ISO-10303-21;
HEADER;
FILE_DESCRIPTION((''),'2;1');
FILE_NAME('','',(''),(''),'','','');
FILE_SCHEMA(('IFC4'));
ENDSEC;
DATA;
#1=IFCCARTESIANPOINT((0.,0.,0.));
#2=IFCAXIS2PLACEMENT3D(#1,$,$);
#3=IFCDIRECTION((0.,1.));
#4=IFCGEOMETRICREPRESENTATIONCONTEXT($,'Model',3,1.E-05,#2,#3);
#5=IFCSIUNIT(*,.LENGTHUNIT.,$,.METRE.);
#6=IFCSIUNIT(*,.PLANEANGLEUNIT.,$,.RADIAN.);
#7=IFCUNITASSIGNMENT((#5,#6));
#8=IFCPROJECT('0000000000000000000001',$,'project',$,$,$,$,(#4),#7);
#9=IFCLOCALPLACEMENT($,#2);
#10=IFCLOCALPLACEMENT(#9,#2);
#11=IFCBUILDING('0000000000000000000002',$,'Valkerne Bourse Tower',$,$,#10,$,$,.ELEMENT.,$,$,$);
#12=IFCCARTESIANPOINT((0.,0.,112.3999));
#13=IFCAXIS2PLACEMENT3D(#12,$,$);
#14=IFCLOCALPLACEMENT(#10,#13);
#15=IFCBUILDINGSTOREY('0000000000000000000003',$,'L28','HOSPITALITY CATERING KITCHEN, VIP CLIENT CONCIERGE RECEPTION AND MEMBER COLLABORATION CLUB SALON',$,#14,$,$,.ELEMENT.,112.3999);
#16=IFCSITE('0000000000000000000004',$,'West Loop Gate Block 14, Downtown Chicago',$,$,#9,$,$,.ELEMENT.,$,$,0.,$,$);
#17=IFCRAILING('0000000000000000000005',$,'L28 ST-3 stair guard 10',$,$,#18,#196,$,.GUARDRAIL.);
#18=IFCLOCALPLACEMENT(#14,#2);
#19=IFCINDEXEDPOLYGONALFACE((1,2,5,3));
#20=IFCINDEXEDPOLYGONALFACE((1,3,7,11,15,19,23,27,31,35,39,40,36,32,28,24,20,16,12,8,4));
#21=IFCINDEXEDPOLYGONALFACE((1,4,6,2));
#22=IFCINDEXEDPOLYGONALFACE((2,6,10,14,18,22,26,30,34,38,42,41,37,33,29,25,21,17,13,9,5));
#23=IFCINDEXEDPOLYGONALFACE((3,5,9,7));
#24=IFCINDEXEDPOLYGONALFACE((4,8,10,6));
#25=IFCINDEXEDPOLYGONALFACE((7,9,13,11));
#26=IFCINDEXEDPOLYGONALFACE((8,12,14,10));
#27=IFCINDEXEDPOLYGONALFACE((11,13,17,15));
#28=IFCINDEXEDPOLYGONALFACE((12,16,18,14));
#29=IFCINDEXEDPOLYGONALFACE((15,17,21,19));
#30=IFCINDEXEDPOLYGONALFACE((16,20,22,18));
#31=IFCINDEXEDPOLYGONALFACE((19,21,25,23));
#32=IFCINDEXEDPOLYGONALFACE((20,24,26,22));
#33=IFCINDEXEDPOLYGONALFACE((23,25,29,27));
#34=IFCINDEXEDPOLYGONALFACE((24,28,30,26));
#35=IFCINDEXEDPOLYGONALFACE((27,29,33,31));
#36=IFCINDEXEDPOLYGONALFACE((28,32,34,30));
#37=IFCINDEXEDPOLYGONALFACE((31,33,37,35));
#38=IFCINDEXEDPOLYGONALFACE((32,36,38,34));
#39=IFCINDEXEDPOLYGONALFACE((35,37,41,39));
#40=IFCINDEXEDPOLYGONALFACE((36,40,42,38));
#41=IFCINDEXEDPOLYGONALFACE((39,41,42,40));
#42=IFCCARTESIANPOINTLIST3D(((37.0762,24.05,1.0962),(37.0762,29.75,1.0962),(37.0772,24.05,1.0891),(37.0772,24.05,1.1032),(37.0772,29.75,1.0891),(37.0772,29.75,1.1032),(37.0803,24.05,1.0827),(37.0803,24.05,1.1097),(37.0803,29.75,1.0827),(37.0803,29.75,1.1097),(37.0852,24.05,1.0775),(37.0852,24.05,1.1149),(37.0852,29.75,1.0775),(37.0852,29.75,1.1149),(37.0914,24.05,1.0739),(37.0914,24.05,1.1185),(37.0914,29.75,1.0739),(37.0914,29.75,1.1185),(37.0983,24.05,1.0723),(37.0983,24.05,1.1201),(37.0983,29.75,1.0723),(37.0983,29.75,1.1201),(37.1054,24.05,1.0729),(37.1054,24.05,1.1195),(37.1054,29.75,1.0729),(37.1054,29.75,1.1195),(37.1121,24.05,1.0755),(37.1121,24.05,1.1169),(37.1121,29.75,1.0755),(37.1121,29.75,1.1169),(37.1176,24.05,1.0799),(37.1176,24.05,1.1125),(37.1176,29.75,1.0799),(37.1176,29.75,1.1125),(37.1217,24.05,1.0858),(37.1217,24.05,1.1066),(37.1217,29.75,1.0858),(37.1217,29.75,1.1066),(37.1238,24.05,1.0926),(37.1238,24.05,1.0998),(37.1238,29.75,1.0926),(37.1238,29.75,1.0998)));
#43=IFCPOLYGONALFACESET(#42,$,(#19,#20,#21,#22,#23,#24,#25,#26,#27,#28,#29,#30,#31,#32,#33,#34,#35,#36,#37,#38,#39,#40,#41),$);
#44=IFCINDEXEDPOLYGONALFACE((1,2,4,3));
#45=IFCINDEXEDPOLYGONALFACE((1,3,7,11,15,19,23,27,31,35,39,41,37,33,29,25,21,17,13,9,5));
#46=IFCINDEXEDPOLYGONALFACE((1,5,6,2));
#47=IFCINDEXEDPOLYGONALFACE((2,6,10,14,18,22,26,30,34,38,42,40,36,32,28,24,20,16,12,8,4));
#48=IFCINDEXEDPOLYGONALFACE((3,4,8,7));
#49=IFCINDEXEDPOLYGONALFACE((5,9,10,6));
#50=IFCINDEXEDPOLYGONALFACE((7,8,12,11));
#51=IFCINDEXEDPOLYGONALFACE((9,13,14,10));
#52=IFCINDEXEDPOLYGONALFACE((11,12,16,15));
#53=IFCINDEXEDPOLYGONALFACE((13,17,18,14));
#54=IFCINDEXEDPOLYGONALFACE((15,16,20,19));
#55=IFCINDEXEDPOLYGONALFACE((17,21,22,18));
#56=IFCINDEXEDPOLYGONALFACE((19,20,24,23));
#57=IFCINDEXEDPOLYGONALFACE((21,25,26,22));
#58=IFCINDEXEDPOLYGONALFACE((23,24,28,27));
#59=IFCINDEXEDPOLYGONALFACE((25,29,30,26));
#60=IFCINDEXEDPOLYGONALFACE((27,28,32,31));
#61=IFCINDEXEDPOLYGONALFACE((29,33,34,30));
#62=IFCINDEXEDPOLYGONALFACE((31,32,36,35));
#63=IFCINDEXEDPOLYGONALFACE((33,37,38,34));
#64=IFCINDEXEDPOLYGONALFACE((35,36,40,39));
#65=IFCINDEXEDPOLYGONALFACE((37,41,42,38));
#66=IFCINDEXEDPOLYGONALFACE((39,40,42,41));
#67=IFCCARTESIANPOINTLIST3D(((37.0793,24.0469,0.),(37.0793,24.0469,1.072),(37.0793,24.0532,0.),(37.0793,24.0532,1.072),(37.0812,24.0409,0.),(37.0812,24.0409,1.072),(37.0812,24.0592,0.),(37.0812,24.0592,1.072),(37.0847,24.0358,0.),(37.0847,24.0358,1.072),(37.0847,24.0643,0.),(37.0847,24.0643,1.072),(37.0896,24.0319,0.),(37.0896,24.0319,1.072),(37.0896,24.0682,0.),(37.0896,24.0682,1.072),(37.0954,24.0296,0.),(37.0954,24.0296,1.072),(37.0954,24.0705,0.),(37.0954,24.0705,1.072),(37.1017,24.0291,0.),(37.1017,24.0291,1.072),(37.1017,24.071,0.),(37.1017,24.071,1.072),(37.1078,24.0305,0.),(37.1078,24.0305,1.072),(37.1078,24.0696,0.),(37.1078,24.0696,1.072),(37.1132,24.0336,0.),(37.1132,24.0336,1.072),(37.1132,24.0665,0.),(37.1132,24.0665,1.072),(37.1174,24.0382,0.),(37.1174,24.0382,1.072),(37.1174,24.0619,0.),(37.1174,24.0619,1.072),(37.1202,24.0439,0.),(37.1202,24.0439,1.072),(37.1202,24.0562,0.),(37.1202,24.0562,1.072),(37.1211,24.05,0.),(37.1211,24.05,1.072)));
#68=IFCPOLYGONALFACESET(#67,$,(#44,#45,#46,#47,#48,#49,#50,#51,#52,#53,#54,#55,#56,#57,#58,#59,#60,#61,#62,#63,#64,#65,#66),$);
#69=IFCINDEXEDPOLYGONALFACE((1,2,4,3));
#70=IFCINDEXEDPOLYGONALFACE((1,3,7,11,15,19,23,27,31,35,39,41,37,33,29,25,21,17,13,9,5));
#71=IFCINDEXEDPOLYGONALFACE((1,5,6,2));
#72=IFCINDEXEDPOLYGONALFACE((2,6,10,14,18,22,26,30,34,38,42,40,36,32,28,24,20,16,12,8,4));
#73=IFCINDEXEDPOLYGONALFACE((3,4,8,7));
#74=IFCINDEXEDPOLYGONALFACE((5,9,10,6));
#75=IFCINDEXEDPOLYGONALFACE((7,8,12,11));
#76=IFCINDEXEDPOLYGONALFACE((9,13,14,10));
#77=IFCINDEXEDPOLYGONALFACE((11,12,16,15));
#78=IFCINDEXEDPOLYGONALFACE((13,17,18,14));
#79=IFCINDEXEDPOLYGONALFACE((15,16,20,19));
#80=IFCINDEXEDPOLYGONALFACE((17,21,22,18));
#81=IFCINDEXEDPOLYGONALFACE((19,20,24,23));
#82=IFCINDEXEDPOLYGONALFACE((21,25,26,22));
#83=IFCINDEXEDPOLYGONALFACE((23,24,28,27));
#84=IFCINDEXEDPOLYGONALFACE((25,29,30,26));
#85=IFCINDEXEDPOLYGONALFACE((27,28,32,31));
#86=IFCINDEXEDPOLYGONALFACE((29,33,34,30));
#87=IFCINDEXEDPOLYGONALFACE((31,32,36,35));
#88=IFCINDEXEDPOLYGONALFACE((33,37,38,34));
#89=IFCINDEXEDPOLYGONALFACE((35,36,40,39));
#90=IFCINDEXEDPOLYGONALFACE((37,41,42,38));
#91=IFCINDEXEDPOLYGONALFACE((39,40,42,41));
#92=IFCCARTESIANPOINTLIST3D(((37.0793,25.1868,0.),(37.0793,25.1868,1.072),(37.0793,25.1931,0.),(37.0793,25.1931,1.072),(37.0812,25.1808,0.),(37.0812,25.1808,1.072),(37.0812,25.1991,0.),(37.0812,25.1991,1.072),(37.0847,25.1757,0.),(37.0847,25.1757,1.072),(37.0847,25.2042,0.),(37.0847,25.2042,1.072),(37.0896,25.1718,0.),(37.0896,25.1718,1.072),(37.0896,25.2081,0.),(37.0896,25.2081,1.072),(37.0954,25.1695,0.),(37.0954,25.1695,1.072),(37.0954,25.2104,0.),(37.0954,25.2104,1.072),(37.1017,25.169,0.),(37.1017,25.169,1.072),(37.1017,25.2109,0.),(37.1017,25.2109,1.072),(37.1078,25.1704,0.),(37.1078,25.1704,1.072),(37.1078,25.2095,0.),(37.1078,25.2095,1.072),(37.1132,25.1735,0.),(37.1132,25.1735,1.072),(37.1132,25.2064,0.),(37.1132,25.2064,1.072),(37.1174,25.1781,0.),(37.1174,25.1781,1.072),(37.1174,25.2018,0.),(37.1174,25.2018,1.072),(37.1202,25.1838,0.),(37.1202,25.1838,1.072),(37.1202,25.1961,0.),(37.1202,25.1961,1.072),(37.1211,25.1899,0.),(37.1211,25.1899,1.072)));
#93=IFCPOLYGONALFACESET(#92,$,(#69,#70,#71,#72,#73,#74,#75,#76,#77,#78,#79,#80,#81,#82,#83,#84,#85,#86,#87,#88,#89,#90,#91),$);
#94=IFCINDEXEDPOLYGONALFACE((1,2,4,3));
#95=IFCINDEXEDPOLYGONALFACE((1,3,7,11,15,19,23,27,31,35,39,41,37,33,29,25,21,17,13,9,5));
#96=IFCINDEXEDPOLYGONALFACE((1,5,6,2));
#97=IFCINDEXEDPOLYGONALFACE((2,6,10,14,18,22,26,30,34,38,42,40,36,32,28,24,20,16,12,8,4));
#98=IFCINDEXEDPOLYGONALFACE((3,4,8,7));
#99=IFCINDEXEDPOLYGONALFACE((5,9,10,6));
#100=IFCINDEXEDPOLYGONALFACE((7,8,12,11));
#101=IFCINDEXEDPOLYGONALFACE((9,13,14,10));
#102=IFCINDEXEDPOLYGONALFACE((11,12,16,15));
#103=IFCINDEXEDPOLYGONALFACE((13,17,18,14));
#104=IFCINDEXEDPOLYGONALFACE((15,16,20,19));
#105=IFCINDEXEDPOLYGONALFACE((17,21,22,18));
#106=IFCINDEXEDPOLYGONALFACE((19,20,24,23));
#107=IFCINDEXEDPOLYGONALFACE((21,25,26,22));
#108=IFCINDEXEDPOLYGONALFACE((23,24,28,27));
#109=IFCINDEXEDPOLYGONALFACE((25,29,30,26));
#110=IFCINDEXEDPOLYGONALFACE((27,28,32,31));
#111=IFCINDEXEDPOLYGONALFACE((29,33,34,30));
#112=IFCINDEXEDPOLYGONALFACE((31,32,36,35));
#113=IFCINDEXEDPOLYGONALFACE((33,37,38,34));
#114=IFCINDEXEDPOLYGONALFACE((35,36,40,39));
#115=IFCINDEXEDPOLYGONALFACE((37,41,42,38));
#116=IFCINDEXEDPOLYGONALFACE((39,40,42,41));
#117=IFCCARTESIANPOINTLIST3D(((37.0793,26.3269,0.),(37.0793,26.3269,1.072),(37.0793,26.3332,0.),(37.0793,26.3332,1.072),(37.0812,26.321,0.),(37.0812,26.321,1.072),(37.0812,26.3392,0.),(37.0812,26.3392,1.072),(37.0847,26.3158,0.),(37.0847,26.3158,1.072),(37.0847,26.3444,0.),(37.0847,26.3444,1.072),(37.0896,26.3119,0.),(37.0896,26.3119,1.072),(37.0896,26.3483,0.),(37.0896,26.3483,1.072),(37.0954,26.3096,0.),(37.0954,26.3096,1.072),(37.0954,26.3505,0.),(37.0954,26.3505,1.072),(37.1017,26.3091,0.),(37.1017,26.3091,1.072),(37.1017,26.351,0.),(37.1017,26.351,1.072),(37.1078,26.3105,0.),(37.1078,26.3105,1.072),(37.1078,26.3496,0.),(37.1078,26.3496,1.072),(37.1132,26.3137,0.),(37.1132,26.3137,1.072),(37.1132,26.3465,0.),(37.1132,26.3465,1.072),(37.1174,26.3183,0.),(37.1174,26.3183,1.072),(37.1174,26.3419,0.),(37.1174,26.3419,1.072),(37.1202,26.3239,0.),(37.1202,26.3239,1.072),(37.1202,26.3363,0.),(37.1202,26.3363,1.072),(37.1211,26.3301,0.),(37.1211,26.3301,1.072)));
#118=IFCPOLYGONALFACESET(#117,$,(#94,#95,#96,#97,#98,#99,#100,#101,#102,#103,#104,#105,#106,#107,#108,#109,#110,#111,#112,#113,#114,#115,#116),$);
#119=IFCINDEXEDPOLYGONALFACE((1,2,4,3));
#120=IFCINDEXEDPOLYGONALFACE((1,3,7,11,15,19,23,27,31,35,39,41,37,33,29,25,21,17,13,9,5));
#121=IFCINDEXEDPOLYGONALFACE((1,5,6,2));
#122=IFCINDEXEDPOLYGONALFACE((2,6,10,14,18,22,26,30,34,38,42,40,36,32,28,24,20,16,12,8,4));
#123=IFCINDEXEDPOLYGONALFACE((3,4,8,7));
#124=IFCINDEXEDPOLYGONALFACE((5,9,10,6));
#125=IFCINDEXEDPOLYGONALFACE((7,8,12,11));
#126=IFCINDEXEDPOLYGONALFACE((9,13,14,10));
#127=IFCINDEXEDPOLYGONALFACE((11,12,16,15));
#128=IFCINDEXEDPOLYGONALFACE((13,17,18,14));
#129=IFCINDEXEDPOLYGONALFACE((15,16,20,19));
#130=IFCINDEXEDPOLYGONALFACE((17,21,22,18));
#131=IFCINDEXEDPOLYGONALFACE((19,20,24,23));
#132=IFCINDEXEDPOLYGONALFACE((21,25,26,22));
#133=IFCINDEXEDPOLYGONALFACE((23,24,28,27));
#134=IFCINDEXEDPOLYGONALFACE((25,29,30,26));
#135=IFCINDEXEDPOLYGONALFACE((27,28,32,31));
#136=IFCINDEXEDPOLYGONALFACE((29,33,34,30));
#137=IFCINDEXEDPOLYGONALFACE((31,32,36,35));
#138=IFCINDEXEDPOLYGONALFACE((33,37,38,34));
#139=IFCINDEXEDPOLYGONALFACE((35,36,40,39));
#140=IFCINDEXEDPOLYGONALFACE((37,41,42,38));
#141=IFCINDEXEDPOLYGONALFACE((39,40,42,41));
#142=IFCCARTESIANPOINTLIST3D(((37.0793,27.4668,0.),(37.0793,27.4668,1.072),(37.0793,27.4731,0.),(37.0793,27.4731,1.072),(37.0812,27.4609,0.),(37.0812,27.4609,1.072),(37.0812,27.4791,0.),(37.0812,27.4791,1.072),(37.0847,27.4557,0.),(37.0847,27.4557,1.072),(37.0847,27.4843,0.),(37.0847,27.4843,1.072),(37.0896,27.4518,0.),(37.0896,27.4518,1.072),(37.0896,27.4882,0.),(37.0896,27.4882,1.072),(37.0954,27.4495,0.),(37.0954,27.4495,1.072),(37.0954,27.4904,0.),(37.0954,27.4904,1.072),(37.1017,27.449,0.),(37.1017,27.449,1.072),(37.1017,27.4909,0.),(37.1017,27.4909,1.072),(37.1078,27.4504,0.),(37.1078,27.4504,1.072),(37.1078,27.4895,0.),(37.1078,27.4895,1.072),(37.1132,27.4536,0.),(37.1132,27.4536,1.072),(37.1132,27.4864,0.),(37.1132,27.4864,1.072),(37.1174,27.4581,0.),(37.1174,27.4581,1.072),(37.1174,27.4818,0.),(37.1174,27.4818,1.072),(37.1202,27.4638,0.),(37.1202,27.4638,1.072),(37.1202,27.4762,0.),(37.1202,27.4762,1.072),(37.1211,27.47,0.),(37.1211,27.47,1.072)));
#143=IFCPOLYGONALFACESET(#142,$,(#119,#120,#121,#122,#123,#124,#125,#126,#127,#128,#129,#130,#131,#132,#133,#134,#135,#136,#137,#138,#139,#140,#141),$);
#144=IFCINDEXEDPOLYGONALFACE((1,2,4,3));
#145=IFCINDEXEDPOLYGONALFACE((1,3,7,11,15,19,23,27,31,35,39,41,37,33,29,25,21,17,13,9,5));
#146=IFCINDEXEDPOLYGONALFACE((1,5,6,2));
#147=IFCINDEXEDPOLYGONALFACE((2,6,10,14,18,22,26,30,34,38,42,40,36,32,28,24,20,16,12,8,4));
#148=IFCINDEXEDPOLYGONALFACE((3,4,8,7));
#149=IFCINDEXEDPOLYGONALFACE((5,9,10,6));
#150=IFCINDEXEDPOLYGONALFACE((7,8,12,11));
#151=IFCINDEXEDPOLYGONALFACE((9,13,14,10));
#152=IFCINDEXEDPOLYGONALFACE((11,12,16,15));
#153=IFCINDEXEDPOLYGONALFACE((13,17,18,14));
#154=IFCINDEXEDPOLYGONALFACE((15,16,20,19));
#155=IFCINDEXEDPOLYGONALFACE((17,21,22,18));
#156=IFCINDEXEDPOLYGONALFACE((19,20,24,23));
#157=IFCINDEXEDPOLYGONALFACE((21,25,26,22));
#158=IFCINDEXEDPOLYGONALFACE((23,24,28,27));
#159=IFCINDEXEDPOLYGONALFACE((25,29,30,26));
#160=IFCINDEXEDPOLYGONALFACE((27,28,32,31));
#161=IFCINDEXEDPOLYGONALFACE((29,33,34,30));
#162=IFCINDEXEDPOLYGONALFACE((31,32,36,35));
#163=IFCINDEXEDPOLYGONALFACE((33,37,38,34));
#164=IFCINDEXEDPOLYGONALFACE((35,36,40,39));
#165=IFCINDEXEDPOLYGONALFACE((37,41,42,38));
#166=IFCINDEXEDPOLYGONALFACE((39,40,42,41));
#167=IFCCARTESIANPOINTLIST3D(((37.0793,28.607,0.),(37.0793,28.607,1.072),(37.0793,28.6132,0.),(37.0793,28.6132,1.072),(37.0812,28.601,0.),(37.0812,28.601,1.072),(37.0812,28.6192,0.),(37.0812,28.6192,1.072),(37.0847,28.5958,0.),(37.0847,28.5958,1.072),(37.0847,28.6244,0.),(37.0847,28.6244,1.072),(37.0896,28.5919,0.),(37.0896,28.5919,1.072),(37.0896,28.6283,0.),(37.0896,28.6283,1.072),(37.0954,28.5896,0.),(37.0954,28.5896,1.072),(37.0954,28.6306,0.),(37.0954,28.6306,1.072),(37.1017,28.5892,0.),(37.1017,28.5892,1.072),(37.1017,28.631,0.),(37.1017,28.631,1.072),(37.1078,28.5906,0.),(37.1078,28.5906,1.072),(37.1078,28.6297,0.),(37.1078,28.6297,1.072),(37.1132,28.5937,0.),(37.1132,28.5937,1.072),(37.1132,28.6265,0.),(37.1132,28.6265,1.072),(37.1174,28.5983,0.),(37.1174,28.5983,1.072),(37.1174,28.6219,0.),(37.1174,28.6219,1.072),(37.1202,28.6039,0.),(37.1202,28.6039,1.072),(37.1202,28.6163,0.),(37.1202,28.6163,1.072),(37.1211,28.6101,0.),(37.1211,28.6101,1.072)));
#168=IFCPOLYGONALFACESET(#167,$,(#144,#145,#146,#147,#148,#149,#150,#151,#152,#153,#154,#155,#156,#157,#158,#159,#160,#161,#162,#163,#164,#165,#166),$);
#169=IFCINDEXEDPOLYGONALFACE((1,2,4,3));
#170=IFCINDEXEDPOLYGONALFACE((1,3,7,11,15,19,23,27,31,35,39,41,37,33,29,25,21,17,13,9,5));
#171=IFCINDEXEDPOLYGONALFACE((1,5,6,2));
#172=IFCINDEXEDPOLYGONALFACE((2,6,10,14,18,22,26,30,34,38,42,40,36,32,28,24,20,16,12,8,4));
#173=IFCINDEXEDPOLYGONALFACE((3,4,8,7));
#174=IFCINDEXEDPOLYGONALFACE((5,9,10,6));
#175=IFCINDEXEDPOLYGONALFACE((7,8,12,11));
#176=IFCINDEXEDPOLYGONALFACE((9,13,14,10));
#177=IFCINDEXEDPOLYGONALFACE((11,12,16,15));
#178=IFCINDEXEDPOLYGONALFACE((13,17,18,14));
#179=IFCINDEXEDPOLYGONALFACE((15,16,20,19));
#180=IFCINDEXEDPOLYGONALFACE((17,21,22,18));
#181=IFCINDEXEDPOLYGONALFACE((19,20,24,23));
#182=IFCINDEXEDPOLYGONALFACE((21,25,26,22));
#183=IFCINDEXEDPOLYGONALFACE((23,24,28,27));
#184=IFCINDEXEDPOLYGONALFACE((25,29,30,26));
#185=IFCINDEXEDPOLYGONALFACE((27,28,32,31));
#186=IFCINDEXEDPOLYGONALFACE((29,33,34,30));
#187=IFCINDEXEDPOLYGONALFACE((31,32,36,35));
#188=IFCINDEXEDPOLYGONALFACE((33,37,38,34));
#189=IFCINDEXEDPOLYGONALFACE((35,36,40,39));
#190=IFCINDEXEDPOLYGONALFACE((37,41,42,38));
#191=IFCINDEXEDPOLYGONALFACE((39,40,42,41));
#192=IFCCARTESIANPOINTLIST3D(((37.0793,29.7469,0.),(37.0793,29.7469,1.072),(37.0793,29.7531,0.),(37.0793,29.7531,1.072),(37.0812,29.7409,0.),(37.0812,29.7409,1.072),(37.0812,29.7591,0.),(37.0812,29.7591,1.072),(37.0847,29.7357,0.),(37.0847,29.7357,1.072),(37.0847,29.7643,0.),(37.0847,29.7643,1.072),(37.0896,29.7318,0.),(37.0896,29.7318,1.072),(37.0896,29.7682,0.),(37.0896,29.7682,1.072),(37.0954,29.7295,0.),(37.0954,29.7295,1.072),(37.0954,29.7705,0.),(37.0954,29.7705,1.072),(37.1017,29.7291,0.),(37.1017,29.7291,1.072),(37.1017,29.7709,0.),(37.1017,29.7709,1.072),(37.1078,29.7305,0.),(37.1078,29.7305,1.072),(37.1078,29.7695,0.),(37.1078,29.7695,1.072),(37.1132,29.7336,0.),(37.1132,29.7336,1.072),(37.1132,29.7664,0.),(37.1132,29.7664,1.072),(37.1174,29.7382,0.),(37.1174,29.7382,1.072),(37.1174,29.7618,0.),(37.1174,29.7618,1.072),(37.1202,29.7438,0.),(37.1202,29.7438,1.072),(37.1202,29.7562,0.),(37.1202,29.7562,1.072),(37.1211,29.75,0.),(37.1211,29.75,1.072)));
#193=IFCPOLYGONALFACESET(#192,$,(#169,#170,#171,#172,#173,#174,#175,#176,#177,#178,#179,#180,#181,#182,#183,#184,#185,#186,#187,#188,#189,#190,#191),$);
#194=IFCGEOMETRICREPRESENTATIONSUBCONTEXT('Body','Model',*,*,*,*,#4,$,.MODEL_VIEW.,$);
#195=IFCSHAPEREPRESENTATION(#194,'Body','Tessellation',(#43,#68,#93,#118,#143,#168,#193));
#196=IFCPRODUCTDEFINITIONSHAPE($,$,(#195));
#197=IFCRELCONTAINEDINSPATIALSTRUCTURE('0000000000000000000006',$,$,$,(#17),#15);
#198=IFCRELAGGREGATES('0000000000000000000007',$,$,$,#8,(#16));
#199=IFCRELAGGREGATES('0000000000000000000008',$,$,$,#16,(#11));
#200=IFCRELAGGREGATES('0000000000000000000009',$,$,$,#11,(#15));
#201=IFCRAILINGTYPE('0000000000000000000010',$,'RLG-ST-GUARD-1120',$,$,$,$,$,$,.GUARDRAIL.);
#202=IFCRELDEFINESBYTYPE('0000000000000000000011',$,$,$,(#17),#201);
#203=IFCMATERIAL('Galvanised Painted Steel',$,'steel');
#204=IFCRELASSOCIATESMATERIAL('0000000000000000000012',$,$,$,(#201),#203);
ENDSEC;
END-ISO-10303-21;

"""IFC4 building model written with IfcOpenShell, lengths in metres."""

from ifc_helpers import new_model, si_unit, direction, frame, origin, origin_2d, place, context, subcontext, project, spatial, circle, extrude, material, type_object, element, save


model = new_model("IFC4")

# Units and contexts
model_context = context("Model", 3, precision=1e-05, world=origin(), true_north=direction((0.0, 1.0)))
body_context = subcontext(model_context, "Body", "Model", "MODEL_VIEW")
ifc_project = project(units=[si_unit("LENGTHUNIT", "METRE"), si_unit("PLANEANGLEUNIT", "RADIAN")], contexts=[model_context])

# Site, building, storey
site_placement = place(None, origin())
site = spatial("IfcSite", under=ifc_project, at=site_placement, Name="West Loop Gate Block 14, Downtown Chicago", CompositionType="ELEMENT", RefElevation=0.0)
building_placement = place(site_placement, origin())
building = spatial("IfcBuilding", under=site, at=building_placement, Name="Valkerne Bourse Tower", CompositionType="ELEMENT")
storey_placement = place(building_placement, frame((0.0, 0.0, 112.3999)))
storey = spatial("IfcBuildingStorey", under=building, at=storey_placement, Name="L28", Description="HOSPITALITY CATERING KITCHEN, VIP CLIENT CONCIERGE RECEPTION AND MEMBER COLLABORATION CLUB SALON", CompositionType="ELEMENT", Elevation=112.3999)

# Railing
ifc_material_1 = material(Name="Galvanised Painted Steel", Category="steel")
railing_type_1 = type_object("IfcRailingType", Name="RLG-ST-GUARD-1120", PredefinedType="GUARDRAIL", material=ifc_material_1)
for number, where, name in (
    (1, (37.1001, 24.05, 0.0), "L28 ST-3 stair guard 10"),
):
    element("IfcRailing", number, at=place(storey_placement, frame(where)), inside=storey, type_object=railing_type_1, Name=name, PredefinedType="GUARDRAIL", context=body_context, shape_type="SweptSolid", body=[
        extrude(circle(Radius=0.0239, at=origin_2d()), frame((0.0, 0.0, 1.0962), z_axis=(0.0, 1.0, 0.0), x_axis=(-1.0, 0.0, 0.0)), (0.0, 0.0, 1.0), 5.7),
        extrude(circle(Radius=0.021, at=origin_2d()), origin(), (0.0, 0.0, 1.0), 1.072),
        extrude(circle(Radius=0.021, at=origin_2d()), frame((0.0, 1.1399, 0.0)), (0.0, 0.0, 1.0), 1.072),
        extrude(circle(Radius=0.021, at=origin_2d()), frame((0.0, 2.28, 0.0)), (0.0, 0.0, 1.0), 1.072),
        extrude(circle(Radius=0.021, at=origin_2d()), frame((0.0, 3.4199, 0.0)), (0.0, 0.0, 1.0), 1.072),
        extrude(circle(Radius=0.021, at=origin_2d()), frame((0.0, 4.5601, 0.0)), (0.0, 0.0, 1.0), 1.072),
        extrude(circle(Radius=0.021, at=origin_2d()), frame((0.0, 5.7, 0.0)), (0.0, 0.0, 1.0), 1.072),
    ])

save(model, "model.ifc")
